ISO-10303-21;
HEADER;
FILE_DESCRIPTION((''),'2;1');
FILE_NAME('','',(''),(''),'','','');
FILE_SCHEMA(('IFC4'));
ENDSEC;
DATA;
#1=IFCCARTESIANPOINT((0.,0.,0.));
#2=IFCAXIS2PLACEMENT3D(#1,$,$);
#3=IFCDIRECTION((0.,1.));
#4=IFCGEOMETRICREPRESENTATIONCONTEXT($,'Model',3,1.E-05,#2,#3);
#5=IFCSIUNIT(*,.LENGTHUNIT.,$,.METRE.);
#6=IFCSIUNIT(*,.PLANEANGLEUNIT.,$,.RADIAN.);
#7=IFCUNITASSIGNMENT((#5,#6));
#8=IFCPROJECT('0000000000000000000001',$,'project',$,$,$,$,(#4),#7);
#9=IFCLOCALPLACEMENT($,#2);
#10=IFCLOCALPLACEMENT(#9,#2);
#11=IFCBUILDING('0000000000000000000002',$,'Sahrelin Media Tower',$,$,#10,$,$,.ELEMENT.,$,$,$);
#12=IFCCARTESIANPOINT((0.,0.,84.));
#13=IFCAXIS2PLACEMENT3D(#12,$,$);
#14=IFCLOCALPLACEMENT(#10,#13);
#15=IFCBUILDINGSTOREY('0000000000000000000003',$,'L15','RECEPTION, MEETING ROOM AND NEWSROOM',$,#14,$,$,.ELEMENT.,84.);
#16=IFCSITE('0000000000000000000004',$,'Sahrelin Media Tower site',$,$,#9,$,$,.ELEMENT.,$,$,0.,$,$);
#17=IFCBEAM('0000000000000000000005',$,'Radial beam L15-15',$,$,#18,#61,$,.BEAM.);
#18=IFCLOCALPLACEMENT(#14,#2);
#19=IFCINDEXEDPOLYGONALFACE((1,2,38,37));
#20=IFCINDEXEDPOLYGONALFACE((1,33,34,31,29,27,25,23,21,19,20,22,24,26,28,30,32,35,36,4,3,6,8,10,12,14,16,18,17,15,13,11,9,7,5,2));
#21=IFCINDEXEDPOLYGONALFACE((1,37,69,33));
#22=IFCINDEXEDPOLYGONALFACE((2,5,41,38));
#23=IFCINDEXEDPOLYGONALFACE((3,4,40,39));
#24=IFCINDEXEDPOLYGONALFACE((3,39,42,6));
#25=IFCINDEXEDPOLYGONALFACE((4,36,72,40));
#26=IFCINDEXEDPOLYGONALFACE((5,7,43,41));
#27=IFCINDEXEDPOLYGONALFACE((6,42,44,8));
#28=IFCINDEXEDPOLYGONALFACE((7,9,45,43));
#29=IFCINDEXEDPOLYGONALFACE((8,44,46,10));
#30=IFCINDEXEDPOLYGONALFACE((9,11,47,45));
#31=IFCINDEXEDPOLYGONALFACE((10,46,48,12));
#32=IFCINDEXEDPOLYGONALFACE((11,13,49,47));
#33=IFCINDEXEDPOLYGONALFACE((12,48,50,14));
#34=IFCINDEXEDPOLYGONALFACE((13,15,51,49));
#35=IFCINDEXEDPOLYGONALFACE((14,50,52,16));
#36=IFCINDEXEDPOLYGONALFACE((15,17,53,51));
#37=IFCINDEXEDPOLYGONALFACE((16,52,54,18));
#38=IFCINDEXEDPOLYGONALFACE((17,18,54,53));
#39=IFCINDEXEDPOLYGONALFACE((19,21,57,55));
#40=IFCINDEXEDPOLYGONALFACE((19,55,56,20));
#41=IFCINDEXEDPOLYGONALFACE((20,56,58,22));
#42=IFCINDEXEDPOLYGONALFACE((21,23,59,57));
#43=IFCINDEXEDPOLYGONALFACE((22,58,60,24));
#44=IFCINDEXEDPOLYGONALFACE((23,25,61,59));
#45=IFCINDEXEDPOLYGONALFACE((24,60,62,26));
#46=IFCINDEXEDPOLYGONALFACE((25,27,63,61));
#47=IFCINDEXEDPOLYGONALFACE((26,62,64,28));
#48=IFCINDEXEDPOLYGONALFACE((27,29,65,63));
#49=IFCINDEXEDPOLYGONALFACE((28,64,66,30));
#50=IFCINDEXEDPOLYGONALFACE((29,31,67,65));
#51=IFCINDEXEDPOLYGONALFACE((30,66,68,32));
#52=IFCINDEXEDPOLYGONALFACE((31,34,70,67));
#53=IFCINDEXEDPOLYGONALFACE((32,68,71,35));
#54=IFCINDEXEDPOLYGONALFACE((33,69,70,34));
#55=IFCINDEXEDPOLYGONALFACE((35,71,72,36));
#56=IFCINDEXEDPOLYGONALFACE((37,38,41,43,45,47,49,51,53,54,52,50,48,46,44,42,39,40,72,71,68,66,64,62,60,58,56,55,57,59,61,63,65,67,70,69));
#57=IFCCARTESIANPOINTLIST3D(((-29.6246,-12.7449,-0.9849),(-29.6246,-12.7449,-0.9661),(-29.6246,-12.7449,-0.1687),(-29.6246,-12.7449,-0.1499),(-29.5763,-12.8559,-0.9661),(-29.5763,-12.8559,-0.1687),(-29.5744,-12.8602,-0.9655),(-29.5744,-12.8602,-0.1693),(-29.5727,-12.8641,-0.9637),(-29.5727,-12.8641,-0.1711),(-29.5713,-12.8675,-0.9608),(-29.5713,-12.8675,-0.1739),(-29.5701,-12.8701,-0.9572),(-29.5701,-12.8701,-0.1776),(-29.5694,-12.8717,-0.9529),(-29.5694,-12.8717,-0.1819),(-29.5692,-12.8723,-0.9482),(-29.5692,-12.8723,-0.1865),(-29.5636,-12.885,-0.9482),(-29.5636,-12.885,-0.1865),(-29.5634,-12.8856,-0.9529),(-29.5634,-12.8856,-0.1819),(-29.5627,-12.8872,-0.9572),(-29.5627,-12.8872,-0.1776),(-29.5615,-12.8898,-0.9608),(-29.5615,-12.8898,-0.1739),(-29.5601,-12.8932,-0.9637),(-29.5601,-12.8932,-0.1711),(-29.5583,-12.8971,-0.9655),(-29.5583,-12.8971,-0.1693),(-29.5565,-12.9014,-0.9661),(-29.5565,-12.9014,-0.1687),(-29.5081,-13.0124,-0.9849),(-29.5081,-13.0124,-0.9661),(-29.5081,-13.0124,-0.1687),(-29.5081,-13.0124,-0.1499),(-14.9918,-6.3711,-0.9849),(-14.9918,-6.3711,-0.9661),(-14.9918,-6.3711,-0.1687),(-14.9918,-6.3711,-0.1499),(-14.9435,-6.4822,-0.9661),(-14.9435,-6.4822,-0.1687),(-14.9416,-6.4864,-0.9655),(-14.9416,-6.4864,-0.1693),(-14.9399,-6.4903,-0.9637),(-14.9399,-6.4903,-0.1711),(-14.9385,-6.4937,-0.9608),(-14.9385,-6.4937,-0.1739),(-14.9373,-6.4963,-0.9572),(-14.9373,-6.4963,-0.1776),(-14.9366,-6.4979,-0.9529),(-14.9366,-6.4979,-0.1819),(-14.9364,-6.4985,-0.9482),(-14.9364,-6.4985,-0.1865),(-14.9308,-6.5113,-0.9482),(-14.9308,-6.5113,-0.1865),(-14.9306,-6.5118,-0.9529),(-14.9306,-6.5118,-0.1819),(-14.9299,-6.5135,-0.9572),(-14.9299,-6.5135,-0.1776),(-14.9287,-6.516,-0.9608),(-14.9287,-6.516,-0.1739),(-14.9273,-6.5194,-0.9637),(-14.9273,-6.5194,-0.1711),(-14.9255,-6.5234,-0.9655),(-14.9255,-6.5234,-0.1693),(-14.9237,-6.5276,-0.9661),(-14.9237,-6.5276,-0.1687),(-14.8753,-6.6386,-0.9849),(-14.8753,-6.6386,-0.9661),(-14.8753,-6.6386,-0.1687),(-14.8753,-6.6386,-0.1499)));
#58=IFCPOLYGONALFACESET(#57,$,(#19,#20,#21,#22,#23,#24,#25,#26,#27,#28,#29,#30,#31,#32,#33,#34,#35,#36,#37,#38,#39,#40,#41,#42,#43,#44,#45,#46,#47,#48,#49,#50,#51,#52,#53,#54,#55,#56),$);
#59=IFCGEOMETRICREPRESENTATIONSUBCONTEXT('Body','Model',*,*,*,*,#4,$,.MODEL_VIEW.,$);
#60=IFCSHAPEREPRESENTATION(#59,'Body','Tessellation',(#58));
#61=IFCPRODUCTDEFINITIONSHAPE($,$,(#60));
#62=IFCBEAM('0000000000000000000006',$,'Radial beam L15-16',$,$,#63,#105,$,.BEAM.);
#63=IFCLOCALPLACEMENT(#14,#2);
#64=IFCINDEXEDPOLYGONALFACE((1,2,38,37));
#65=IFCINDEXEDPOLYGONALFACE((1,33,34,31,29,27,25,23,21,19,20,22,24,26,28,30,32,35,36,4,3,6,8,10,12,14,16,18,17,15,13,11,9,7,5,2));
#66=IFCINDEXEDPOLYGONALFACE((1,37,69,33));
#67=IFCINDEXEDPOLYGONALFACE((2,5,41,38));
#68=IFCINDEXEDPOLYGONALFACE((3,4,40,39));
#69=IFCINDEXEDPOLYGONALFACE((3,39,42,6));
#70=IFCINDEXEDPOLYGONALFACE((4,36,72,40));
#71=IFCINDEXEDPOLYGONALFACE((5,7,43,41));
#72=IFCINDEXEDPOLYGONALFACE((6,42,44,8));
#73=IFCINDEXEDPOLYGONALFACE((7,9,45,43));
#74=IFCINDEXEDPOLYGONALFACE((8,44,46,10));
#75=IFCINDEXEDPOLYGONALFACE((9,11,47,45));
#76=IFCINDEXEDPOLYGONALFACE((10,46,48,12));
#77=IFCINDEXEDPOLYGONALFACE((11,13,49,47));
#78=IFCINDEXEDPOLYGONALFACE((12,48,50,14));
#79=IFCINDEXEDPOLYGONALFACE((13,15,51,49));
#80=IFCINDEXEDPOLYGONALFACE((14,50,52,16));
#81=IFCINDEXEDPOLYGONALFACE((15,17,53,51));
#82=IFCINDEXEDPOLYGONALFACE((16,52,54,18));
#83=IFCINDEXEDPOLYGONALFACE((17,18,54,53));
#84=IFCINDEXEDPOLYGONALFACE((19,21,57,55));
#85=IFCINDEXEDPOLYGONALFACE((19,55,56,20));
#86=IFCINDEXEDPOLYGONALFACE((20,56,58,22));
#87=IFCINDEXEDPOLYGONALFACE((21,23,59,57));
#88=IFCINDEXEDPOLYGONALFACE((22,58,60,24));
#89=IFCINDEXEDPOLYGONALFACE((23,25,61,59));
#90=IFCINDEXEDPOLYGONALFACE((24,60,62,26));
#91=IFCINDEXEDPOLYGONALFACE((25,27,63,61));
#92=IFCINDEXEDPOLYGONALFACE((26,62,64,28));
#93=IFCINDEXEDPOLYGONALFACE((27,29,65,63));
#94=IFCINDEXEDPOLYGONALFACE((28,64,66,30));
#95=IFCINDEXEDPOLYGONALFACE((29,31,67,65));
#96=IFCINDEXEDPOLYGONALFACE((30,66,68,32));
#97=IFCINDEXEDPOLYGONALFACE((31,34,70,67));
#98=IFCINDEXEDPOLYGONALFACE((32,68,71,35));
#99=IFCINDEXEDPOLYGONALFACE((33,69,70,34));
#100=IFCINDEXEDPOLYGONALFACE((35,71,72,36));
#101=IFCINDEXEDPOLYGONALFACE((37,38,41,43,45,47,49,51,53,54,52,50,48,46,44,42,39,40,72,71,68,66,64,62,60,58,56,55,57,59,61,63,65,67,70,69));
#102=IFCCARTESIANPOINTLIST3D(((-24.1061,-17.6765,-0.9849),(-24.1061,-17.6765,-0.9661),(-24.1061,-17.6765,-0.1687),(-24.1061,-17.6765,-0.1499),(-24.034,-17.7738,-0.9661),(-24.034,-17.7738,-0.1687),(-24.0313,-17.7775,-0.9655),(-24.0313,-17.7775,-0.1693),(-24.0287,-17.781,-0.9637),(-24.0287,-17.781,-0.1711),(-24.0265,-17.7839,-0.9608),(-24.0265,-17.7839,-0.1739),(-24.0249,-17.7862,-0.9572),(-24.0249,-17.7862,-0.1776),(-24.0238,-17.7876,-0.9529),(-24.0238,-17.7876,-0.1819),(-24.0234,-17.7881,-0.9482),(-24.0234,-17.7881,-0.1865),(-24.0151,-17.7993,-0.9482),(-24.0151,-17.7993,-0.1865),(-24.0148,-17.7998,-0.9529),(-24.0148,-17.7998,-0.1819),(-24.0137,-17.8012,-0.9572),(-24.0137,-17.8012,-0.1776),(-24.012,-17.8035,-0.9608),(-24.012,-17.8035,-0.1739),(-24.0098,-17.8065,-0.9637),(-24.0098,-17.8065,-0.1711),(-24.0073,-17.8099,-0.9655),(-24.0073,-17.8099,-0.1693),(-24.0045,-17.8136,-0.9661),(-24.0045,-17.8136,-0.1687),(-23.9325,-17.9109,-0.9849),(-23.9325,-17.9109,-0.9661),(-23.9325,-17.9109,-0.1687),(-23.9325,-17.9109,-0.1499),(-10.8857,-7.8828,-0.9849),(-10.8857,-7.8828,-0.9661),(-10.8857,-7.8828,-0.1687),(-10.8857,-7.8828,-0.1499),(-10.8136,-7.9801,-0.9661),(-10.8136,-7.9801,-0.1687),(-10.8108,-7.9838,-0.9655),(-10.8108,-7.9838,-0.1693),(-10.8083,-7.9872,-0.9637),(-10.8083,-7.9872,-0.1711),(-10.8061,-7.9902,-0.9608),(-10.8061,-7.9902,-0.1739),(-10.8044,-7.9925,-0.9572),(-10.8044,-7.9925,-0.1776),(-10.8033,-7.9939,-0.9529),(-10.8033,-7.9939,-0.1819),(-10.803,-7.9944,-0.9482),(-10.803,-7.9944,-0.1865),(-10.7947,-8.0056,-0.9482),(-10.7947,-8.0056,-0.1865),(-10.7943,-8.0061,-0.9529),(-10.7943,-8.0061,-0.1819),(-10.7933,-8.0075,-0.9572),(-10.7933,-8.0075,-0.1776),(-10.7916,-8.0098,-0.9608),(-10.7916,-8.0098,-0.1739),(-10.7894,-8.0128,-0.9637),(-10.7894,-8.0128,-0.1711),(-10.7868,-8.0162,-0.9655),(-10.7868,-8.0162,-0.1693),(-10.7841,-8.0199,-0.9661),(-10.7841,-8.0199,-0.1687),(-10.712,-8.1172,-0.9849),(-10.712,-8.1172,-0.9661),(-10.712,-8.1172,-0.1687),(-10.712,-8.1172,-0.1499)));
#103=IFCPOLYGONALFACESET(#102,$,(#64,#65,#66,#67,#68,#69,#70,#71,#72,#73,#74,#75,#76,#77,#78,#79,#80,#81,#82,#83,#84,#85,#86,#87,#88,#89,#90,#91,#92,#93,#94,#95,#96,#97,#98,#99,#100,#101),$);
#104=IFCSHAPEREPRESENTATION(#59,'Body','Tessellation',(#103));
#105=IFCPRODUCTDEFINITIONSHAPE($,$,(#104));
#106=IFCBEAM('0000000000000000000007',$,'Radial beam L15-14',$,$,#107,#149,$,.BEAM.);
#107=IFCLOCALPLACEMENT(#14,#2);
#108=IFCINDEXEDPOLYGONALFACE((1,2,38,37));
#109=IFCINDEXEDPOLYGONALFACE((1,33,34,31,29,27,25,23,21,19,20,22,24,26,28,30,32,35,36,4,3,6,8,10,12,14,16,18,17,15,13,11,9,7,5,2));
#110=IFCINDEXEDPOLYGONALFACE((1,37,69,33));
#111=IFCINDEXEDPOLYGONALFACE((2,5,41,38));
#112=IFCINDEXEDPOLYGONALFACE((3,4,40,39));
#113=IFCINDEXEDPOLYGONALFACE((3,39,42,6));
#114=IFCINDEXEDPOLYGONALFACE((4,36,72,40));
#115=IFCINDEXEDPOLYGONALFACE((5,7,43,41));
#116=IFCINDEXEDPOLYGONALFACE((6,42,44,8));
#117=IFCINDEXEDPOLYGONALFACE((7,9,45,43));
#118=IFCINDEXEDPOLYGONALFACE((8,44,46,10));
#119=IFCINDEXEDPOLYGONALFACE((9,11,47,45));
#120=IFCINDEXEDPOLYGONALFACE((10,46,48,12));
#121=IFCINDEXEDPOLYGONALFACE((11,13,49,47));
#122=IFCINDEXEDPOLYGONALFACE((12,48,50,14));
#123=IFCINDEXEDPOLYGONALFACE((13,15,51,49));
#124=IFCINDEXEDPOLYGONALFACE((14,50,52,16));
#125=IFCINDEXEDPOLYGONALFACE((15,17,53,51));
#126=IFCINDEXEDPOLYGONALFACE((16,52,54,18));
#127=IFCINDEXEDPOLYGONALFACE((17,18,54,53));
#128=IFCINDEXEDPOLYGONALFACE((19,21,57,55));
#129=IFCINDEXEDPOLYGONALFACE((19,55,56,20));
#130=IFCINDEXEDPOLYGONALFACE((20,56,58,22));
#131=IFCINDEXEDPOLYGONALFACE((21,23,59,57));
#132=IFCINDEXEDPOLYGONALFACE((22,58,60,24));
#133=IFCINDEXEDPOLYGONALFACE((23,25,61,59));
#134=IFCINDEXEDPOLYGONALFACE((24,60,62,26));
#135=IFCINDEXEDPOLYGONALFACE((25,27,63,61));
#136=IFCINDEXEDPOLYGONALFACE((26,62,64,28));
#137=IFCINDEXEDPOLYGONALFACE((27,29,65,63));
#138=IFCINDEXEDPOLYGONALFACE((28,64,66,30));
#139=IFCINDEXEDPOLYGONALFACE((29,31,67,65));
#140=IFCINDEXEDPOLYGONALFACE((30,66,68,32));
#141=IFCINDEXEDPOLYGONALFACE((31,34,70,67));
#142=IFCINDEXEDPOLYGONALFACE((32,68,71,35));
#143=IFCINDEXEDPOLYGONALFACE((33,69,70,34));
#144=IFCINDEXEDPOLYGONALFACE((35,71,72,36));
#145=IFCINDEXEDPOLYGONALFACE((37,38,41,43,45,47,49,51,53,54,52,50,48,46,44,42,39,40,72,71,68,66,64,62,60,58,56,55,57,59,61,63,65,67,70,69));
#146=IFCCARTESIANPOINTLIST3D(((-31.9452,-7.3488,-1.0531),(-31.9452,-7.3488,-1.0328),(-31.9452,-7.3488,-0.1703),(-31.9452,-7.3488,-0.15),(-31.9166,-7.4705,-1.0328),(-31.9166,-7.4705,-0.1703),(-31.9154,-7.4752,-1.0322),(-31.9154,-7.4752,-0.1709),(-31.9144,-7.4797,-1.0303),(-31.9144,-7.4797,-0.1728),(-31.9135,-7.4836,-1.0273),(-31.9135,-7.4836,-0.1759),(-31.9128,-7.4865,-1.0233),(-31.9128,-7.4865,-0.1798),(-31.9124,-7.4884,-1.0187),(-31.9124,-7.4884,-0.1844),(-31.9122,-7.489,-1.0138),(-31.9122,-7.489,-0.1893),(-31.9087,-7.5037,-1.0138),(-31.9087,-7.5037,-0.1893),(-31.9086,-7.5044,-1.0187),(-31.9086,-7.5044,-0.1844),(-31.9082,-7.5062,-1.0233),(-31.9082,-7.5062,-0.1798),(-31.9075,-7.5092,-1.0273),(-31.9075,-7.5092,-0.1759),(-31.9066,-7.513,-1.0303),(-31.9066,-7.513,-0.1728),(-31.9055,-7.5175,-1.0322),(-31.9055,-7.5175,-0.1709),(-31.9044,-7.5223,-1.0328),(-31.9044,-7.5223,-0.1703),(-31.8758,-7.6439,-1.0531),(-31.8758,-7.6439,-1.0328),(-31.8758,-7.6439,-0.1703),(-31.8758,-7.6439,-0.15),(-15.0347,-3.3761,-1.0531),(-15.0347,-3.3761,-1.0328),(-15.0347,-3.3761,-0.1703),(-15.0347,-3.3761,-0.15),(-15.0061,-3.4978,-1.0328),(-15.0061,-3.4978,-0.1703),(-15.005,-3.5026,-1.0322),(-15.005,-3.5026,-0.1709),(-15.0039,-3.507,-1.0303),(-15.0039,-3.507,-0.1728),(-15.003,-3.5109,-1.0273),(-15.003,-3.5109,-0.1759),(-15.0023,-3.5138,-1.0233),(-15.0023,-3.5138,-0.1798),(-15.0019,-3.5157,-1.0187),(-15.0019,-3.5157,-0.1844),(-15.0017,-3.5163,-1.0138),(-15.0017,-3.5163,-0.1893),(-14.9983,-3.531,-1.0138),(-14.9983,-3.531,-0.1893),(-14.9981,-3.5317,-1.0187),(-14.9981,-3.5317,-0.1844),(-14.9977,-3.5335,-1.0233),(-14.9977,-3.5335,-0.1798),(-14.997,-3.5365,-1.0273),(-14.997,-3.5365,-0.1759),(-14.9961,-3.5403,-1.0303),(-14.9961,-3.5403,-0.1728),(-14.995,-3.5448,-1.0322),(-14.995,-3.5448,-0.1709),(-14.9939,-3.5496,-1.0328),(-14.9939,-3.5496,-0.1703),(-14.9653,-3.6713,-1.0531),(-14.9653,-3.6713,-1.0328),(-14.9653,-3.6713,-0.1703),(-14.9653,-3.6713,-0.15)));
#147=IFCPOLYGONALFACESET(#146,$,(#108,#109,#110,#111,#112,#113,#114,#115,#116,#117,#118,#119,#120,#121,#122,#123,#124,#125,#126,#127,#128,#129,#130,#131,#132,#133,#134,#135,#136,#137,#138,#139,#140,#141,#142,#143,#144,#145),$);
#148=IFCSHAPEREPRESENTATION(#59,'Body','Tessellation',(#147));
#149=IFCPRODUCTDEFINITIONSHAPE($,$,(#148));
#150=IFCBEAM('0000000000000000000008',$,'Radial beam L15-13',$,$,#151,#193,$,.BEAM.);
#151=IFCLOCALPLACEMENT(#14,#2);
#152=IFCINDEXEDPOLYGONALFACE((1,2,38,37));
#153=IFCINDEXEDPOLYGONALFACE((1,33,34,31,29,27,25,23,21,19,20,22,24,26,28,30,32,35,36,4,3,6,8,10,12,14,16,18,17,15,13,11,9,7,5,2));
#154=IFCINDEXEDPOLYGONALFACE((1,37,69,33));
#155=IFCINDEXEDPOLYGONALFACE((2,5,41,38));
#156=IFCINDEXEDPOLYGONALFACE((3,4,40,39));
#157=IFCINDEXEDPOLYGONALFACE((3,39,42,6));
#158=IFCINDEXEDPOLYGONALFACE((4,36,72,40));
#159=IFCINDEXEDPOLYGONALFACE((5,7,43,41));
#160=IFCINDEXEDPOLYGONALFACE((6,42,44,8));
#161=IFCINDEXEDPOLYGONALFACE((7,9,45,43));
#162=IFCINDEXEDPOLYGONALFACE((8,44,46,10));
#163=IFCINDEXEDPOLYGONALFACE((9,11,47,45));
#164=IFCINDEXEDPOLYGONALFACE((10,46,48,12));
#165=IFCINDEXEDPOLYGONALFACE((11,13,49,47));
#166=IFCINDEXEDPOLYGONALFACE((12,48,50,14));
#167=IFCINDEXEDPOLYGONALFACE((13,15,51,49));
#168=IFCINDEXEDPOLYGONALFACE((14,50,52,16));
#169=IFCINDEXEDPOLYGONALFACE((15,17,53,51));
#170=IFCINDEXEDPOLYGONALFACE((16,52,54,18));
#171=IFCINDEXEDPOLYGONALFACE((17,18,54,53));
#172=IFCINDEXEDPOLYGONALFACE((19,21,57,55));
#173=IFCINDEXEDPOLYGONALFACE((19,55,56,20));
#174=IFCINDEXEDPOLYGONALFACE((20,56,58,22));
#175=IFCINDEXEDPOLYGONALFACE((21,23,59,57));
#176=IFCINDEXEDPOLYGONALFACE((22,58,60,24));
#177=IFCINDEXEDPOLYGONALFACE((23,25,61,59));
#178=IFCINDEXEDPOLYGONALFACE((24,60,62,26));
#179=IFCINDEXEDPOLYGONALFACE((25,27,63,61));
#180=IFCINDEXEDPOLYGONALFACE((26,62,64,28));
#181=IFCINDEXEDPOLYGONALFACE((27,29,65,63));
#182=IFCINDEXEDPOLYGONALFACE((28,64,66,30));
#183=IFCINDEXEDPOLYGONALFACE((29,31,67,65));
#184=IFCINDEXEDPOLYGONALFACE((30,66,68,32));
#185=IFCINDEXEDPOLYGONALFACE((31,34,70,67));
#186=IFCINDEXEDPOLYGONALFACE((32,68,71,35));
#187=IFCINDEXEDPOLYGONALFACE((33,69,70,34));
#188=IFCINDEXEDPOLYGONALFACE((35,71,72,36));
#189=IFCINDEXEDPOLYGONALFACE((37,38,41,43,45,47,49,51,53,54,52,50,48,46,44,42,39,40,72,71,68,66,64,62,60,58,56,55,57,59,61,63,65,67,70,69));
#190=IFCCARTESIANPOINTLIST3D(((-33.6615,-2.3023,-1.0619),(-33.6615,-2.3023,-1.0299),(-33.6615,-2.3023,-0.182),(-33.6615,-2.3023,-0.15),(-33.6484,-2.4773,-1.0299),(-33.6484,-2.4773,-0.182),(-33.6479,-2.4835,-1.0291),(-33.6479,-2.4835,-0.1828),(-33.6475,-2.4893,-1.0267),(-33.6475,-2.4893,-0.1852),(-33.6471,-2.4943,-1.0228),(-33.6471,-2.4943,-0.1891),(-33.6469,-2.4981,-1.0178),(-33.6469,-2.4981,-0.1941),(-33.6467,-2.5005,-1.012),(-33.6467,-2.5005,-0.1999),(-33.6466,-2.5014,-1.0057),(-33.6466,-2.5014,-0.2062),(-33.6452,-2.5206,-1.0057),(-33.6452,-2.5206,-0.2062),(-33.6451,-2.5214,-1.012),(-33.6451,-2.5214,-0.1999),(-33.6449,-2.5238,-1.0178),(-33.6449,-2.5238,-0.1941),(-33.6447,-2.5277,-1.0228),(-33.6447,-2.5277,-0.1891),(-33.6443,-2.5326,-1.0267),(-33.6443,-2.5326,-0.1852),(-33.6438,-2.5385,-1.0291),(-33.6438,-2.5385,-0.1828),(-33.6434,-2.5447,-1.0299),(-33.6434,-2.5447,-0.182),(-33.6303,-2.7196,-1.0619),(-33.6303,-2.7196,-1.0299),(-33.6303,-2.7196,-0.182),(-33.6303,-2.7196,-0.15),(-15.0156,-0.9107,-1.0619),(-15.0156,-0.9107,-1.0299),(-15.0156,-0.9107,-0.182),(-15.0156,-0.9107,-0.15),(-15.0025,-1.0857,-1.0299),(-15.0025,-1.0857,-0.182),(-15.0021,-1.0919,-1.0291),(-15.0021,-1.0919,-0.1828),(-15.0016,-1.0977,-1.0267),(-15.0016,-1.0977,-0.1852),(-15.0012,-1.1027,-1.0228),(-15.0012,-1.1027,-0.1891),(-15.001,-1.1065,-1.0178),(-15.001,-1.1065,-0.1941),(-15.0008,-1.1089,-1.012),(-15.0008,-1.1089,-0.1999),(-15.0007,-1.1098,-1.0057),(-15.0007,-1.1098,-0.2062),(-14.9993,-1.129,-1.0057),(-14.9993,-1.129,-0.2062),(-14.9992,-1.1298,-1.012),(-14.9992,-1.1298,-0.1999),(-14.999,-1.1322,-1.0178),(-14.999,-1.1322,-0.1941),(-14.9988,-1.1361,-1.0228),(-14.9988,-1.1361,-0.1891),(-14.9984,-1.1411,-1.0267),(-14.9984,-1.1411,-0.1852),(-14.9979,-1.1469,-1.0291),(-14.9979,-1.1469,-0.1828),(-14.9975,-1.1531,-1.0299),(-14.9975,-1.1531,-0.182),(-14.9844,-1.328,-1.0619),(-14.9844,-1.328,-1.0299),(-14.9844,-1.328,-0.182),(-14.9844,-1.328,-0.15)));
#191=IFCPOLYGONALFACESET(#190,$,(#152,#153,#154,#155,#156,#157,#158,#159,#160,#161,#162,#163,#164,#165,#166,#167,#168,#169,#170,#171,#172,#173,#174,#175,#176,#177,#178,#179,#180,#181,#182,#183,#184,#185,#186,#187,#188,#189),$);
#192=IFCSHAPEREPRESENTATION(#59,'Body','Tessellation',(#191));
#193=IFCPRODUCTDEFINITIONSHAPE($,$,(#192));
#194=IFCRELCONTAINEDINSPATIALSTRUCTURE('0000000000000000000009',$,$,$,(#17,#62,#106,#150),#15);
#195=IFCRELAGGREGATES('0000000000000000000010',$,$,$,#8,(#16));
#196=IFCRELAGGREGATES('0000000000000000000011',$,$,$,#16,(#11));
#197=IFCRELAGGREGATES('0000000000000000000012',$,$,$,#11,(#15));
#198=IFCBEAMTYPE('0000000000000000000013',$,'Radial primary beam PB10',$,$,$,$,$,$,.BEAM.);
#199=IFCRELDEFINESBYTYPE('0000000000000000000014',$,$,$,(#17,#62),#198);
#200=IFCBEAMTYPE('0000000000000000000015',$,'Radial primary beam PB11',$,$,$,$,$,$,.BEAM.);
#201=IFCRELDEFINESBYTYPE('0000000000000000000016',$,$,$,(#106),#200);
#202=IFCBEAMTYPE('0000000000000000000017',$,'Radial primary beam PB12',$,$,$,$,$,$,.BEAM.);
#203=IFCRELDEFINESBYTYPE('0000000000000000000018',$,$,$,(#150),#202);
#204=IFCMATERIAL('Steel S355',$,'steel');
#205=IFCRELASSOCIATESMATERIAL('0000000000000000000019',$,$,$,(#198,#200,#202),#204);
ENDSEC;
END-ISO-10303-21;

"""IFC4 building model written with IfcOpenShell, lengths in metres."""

from ifc_helpers import new_model, si_unit, direction, frame, origin, origin_2d, place, context, subcontext, project, spatial, i_section, extrude, material, material_profile, profile_set, type_object, element, save


model = new_model("IFC4")

# Units and contexts
model_context = context("Model", 3, precision=1e-05, world=origin(), true_north=direction((0.0, 1.0)))
body_context = subcontext(model_context, "Body", "Model", "MODEL_VIEW")
ifc_project = project(units=[si_unit("LENGTHUNIT", "METRE"), si_unit("PLANEANGLEUNIT", "RADIAN")], contexts=[model_context])

# Site, building, storey
site_placement = place(None, origin())
site = spatial("IfcSite", under=ifc_project, at=site_placement, Name="Sahrelin Media Tower site", CompositionType="ELEMENT", RefElevation=0.0)
building_placement = place(site_placement, origin())
building = spatial("IfcBuilding", under=site, at=building_placement, Name="Sahrelin Media Tower", CompositionType="ELEMENT")
storey_placement = place(building_placement, frame((0.0, 0.0, 84.0)))
storey = spatial("IfcBuildingStorey", under=building, at=storey_placement, Name="L15", Description="RECEPTION, MEETING ROOM AND NEWSROOM", CompositionType="ELEMENT", Elevation=84.0)

# Beams
ifc_material_1 = material(Name="Steel S355", Category="steel")
ifc_material_profile_1 = material_profile(ifc_material_1, i_section(OverallWidth=0.2917, OverallDepth=0.835, WebThickness=0.0139, FlangeThickness=0.0188, FilletRadius=0.0178, at=origin_2d()), Name="UB 838x292x176")
ifc_profile_set_1 = profile_set([ifc_material_profile_1], Name="Steel S355")
beam_type_1 = type_object("IfcBeamType", Name="Radial primary beam PB10", PredefinedType="BEAM", material=ifc_profile_set_1)
beam_1_placement = place(storey_placement, frame((-14.9336, -6.5049, -0.5674), z_axis=(-0.916802, -0.399342, 0.0), x_axis=(0.399342, -0.916802, 0.0)))
element("IfcBeam", 1, at=beam_1_placement, inside=storey, type_object=beam_type_1, Name="Radial beam L15-15", PredefinedType="BEAM", context=body_context, shape_type="SweptSolid", body=[
    extrude(i_section(OverallWidth=0.2917, OverallDepth=0.835, WebThickness=0.0139, FlangeThickness=0.0188, FilletRadius=0.0178, at=origin_2d()), origin(), (0.0, 0.0, 1.0), 15.9607),
])
beam_2_placement = place(storey_placement, frame((-10.7988, -8.0, -0.5674), z_axis=(-0.803535, -0.595258, 0.0), x_axis=(0.595258, -0.803535, 0.0)))
element("IfcBeam", 2, at=beam_2_placement, inside=storey, type_object=beam_type_1, Name="Radial beam L15-16", PredefinedType="BEAM", context=body_context, shape_type="SweptSolid", body=[
    extrude(i_section(OverallWidth=0.2917, OverallDepth=0.835, WebThickness=0.0139, FlangeThickness=0.0188, FilletRadius=0.0178, at=origin_2d()), origin(), (0.0, 0.0, 1.0), 16.4529),
])
ifc_material_profile_2 = material_profile(ifc_material_1, i_section(OverallWidth=0.3032, OverallDepth=0.9031, WebThickness=0.0151, FlangeThickness=0.0203, FilletRadius=0.019, at=origin_2d()), Name="UB 914x305x201")
ifc_profile_set_2 = profile_set([ifc_material_profile_2], Name="Steel S355")
beam_type_2 = type_object("IfcBeamType", Name="Radial primary beam PB11", PredefinedType="BEAM", material=ifc_profile_set_2)
beam_3_placement = place(storey_placement, frame((-15.0, -3.5237, -0.6016), z_axis=(-0.973497, -0.228698, 0.0), x_axis=(0.228698, -0.973497, 0.0)))
element("IfcBeam", 3, at=beam_3_placement, inside=storey, type_object=beam_type_2, Name="Radial beam L15-14", PredefinedType="BEAM", context=body_context, shape_type="SweptSolid", body=[
    extrude(i_section(OverallWidth=0.3032, OverallDepth=0.9031, WebThickness=0.0151, FlangeThickness=0.0203, FilletRadius=0.019, at=origin_2d()), origin(), (0.0, 0.0, 1.0), 17.3708),
])
ifc_material_profile_3 = material_profile(ifc_material_1, i_section(OverallWidth=0.4185, OverallDepth=0.9119, WebThickness=0.0193, FlangeThickness=0.032, FilletRadius=0.0242, at=origin_2d()), Name="UB 914x419x343")
ifc_profile_set_3 = profile_set([ifc_material_profile_3], Name="Steel S355")
beam_type_3 = type_object("IfcBeamType", Name="Radial primary beam PB12", PredefinedType="BEAM", material=ifc_profile_set_3)
beam_4_placement = place(storey_placement, frame((-15.0, -1.1194, -0.606), z_axis=(-0.997227, -0.074426, 0.0), x_axis=(0.074426, -0.997227, 0.0)))
element("IfcBeam", 4, at=beam_4_placement, inside=storey, type_object=beam_type_3, Name="Radial beam L15-13", PredefinedType="BEAM", context=body_context, shape_type="SweptSolid", body=[
    extrude(i_section(OverallWidth=0.4185, OverallDepth=0.9119, WebThickness=0.0193, FlangeThickness=0.032, FilletRadius=0.0242, at=origin_2d()), origin(), (0.0, 0.0, 1.0), 18.6978),
])

save(model, "model.ifc")
